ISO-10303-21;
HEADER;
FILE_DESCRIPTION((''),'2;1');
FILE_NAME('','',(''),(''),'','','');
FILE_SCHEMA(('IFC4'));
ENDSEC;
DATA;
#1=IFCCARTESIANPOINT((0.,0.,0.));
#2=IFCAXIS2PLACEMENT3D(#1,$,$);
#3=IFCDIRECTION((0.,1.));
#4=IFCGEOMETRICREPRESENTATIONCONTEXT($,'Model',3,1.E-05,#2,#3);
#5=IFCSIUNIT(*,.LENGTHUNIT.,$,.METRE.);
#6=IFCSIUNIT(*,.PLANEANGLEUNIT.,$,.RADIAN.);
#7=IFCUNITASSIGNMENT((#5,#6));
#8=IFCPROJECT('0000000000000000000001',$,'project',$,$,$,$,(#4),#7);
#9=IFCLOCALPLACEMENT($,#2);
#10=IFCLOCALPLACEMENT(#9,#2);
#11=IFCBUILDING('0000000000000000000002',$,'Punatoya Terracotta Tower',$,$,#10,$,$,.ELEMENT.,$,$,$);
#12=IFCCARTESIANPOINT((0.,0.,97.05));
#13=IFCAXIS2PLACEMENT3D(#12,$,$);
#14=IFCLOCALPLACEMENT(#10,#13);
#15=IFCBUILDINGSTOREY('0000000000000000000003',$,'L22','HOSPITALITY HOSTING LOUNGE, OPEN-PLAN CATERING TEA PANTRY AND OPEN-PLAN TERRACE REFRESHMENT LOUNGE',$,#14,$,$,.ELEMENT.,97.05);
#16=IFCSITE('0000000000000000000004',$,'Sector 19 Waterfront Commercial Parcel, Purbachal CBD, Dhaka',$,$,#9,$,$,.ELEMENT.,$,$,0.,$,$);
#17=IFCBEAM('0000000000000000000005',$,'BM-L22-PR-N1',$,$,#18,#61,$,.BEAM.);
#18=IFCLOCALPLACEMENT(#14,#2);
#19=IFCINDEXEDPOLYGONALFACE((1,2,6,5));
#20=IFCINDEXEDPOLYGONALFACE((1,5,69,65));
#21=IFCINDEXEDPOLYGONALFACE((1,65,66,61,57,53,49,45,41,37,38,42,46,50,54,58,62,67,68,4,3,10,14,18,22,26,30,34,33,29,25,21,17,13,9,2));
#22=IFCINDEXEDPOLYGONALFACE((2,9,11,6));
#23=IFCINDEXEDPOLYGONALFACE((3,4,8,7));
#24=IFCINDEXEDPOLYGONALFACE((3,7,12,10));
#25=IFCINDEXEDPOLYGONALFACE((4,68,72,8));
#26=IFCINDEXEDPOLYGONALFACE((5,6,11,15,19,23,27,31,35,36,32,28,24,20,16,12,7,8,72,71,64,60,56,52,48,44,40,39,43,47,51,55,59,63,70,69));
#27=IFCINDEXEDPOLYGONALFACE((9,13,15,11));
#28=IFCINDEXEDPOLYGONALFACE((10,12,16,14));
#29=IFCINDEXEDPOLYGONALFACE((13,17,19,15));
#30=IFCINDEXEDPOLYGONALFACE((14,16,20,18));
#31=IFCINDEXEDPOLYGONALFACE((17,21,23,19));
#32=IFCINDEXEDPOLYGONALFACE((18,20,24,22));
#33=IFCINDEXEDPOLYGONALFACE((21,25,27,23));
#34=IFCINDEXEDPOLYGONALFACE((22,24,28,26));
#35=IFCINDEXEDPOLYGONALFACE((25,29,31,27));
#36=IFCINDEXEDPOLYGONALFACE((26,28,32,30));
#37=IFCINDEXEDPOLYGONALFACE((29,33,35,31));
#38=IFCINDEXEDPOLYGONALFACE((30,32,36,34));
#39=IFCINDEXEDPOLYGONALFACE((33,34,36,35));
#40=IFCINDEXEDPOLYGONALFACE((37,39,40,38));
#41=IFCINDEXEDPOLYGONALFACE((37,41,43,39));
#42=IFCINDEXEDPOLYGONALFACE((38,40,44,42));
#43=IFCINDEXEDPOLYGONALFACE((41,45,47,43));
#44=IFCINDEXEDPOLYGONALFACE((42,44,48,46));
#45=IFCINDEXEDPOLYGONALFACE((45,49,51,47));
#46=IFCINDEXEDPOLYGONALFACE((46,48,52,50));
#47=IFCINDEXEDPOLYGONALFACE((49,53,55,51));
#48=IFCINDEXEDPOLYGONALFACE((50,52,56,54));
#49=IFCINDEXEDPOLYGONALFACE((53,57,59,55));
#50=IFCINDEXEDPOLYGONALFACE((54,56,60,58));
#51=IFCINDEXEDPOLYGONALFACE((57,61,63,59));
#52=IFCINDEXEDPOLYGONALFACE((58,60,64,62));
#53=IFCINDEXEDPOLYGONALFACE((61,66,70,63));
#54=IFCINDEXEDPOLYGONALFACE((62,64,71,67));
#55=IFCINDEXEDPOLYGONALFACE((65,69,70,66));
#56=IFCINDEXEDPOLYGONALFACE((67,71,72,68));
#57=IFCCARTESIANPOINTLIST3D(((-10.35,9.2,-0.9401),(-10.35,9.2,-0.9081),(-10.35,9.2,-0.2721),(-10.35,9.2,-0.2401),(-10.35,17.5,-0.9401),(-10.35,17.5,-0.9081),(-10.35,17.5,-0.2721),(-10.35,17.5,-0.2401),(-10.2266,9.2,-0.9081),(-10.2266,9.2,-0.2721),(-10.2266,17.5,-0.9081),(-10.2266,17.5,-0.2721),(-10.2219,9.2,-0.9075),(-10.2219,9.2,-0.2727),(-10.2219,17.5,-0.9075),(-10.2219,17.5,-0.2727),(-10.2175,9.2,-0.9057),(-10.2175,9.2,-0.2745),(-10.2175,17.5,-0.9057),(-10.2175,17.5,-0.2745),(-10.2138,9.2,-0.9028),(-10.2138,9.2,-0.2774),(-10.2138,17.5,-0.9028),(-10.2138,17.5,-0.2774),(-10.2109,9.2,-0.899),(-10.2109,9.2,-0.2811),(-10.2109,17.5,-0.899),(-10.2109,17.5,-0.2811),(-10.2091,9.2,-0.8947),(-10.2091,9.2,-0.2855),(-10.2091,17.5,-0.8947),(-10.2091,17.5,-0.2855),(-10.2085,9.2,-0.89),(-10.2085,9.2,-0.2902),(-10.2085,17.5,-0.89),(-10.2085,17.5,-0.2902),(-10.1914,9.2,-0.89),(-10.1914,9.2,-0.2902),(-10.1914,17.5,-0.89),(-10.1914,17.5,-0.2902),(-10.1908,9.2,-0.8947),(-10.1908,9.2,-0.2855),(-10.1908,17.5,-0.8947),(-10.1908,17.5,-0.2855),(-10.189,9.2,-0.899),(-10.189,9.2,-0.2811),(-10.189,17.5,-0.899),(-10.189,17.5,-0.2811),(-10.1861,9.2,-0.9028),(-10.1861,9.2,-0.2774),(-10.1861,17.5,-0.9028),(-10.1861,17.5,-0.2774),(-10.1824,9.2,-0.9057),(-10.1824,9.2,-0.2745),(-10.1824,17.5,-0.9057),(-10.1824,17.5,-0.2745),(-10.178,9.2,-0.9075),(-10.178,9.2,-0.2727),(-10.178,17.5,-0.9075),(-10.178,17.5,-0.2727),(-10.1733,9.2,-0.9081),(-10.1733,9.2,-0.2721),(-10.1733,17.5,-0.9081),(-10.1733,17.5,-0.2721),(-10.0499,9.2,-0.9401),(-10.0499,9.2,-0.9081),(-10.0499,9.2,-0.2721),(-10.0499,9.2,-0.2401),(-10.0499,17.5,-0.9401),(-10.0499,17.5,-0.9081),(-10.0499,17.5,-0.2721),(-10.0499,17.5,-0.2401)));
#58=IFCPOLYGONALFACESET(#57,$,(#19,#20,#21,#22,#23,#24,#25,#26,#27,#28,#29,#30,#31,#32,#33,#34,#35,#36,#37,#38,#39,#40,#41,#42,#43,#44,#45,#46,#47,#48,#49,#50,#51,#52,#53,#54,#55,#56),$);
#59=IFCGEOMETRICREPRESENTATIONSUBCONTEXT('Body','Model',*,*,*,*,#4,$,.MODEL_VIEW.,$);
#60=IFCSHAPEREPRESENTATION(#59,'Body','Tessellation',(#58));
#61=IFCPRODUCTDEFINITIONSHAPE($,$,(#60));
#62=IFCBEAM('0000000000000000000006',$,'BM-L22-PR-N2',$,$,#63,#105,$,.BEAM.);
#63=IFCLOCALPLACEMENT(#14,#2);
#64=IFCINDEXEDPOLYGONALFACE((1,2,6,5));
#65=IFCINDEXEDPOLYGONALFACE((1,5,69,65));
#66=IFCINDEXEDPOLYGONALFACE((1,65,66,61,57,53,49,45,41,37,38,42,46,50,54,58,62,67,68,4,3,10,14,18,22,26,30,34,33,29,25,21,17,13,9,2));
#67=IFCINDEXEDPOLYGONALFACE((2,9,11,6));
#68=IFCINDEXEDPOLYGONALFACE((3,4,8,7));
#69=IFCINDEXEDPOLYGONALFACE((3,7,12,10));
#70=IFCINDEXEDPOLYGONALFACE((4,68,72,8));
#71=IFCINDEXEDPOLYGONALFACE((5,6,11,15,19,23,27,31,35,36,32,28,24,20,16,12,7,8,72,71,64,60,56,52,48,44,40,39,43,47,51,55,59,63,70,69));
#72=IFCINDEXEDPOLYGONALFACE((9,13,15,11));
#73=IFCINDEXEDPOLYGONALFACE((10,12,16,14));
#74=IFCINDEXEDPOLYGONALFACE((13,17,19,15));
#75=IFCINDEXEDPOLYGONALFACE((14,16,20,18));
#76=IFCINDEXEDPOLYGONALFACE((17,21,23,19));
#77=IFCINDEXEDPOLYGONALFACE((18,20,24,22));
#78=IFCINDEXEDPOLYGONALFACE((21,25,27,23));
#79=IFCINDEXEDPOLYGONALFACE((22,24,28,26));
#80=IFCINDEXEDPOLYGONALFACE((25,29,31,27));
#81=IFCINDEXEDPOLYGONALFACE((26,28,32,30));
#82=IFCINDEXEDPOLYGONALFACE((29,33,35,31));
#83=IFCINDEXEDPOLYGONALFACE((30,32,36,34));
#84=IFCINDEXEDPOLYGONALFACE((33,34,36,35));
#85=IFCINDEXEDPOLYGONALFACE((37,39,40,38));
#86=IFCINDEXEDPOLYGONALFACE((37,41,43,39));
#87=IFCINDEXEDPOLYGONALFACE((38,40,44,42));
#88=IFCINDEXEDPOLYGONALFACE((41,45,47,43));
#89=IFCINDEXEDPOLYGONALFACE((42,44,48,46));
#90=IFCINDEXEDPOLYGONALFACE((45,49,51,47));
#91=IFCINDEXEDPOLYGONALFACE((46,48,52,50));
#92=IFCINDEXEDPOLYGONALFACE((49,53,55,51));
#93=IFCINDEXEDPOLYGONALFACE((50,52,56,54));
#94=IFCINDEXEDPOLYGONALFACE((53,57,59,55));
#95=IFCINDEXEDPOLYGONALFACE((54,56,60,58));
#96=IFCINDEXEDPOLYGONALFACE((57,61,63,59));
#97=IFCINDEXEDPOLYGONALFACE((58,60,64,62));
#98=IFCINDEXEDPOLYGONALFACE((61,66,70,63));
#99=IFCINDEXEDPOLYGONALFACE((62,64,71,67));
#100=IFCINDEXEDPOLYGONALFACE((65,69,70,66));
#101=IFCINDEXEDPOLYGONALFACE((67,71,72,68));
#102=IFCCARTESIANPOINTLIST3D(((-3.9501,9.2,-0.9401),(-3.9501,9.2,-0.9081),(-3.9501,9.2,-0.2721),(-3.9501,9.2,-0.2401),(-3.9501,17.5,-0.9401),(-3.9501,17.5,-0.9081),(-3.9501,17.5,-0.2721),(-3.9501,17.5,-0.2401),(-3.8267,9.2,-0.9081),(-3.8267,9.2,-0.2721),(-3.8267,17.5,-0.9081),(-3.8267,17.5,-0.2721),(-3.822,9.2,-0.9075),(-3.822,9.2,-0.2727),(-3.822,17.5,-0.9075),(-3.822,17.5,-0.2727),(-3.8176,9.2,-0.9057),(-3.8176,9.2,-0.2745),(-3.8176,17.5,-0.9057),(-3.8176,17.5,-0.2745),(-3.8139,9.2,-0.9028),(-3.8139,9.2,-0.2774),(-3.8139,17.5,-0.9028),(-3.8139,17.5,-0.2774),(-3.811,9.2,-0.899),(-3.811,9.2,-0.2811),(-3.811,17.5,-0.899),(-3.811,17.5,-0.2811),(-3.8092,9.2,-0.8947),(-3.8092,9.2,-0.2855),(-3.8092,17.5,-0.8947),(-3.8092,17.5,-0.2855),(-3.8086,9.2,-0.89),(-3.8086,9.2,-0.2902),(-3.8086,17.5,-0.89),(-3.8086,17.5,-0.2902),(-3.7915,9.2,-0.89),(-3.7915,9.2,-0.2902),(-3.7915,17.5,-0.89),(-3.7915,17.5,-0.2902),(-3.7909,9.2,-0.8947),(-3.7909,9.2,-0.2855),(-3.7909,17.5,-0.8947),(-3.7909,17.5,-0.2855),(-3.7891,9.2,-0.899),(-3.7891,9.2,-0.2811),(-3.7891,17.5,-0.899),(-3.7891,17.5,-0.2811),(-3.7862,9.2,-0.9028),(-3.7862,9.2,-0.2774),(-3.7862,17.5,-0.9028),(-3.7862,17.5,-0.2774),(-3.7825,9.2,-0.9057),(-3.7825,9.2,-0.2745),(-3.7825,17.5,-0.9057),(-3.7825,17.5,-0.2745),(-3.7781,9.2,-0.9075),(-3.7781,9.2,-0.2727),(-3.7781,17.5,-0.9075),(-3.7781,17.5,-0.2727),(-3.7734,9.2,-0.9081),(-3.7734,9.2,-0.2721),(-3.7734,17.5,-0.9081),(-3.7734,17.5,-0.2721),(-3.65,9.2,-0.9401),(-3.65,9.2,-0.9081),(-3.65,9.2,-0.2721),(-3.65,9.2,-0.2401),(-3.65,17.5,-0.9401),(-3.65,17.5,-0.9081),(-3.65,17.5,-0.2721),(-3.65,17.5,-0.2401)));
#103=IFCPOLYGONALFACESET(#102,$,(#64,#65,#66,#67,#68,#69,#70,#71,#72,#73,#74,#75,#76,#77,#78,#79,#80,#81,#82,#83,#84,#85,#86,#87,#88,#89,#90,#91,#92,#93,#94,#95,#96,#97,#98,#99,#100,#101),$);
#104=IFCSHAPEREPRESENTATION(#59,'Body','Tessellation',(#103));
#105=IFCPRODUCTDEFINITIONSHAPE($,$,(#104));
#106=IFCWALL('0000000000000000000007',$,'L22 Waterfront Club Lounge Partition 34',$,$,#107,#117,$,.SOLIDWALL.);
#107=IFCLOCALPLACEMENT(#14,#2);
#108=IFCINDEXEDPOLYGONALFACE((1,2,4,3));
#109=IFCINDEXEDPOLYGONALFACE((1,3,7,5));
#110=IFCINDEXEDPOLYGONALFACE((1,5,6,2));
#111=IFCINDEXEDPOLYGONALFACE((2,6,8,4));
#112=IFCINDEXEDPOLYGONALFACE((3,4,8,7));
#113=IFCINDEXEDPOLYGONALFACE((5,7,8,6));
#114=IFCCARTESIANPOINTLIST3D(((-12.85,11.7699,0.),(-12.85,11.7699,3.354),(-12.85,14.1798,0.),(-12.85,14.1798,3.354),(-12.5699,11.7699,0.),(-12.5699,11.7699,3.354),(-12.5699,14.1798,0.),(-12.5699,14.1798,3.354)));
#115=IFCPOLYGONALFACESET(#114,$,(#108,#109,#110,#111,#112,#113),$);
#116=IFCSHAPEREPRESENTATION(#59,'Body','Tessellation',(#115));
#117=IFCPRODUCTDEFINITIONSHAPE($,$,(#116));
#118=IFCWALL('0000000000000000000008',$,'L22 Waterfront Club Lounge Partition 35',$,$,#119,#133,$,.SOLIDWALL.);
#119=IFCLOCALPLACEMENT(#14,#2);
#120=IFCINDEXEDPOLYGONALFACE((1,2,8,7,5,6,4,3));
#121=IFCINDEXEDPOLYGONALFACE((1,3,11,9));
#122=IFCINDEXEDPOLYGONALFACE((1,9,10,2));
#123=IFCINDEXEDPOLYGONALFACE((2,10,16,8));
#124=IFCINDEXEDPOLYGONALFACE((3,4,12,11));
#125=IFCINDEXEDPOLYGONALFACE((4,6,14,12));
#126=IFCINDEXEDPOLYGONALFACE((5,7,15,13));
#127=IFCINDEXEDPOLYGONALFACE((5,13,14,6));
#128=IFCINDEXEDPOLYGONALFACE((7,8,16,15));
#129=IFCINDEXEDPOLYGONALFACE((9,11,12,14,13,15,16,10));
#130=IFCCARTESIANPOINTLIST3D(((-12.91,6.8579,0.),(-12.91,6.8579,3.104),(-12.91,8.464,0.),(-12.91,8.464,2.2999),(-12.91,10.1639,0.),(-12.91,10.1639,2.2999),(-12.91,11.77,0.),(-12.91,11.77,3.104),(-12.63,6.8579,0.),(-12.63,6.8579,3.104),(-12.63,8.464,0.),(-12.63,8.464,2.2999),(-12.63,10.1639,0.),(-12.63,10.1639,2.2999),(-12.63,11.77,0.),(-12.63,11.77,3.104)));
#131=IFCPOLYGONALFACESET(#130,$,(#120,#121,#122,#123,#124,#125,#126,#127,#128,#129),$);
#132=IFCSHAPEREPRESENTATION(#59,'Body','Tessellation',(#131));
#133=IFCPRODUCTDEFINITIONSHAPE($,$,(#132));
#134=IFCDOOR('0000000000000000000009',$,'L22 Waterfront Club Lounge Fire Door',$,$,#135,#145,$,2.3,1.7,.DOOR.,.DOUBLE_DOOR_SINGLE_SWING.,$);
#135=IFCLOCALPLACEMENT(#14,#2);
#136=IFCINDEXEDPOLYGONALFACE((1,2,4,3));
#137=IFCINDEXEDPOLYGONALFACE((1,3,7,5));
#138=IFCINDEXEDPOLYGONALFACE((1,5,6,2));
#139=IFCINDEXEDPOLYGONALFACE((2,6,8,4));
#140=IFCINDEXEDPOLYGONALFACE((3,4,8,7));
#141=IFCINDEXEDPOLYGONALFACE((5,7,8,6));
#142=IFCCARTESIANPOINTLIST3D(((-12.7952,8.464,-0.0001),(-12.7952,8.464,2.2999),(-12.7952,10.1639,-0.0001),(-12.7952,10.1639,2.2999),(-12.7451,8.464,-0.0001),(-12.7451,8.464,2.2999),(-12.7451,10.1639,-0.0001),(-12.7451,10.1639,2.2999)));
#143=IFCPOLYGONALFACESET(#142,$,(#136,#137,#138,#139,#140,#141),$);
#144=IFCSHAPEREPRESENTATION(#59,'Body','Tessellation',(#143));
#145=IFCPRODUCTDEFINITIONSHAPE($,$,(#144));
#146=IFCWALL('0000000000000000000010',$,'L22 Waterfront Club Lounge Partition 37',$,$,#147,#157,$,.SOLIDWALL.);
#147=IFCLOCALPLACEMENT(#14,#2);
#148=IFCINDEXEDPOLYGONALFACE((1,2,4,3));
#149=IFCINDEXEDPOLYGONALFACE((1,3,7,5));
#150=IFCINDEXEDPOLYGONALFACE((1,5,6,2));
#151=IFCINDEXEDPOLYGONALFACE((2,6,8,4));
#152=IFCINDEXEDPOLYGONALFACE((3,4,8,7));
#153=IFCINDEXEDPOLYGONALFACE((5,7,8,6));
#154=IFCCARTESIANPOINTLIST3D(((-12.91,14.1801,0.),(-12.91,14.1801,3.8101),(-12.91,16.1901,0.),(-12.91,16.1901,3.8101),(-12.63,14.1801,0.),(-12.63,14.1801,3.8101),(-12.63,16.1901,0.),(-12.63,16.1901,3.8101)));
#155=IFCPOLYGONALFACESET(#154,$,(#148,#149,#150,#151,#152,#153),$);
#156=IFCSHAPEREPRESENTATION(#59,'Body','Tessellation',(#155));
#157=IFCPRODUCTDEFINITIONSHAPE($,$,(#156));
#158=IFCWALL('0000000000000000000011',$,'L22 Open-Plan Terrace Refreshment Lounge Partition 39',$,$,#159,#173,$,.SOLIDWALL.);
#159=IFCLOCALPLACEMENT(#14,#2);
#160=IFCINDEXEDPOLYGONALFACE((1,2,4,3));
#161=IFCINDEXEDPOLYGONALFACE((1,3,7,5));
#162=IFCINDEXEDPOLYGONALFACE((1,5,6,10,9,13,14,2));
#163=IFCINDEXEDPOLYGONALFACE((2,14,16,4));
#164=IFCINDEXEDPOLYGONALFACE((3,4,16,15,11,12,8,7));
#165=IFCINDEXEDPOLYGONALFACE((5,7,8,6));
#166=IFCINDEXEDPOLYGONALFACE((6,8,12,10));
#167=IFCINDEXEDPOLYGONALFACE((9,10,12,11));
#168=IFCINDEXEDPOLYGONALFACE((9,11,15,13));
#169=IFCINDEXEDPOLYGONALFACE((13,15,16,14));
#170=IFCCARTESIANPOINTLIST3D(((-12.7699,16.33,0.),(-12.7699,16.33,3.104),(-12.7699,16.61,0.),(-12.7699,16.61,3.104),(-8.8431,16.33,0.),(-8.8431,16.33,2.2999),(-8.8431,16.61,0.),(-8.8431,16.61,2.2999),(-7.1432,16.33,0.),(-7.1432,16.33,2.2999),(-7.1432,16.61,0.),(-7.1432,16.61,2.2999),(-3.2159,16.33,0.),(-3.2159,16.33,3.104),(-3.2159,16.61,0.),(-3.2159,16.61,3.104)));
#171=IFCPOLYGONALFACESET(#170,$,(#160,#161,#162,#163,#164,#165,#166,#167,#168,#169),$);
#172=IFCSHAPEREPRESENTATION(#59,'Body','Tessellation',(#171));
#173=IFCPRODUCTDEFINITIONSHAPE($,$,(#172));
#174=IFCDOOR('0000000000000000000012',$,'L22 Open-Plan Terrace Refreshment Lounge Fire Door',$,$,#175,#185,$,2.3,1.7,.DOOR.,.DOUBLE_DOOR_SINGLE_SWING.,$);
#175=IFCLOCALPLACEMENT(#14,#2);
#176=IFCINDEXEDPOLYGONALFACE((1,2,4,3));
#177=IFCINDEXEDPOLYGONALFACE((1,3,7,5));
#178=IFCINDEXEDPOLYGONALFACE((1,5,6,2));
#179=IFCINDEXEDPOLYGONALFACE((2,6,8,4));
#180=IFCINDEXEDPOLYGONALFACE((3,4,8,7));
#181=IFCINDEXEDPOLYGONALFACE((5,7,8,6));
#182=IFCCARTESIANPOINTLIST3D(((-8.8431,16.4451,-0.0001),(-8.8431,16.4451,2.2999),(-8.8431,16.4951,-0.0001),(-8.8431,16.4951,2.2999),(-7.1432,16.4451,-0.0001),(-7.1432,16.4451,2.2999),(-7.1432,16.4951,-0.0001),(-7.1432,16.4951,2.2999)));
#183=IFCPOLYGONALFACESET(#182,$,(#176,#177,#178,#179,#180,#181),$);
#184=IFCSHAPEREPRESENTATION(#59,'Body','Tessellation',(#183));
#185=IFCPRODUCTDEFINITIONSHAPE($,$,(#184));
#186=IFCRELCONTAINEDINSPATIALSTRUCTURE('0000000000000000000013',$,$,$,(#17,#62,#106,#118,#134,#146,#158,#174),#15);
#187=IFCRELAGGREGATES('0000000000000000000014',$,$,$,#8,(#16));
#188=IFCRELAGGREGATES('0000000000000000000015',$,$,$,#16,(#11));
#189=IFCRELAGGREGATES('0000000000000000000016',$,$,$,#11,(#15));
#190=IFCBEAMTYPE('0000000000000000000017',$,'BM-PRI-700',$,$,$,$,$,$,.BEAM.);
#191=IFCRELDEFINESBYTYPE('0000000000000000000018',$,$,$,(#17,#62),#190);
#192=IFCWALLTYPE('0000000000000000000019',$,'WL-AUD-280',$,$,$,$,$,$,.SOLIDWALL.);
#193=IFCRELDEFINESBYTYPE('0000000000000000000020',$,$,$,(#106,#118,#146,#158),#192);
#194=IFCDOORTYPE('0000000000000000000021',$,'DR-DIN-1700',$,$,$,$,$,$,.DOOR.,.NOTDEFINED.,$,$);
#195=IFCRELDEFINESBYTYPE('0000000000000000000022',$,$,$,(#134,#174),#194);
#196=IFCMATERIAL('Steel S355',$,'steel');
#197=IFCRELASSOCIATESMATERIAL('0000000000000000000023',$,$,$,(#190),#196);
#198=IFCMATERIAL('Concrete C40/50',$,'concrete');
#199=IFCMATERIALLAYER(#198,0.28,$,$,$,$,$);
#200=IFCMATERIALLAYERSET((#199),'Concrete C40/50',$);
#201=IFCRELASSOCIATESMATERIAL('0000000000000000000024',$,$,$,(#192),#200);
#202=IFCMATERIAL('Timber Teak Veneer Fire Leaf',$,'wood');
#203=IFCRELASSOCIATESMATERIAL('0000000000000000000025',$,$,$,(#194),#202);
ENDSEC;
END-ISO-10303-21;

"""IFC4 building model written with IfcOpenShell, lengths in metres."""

from ifc_helpers import new_model, si_unit, direction, frame, frame_2d, origin, origin_2d, place, context, subcontext, project, spatial, rectangle, i_section, extrude, material, layer, layer_set, material_profile, profile_set, type_object, element, fill, save


model = new_model("IFC4")

# Units and contexts
model_context = context("Model", 3, precision=1e-05, world=origin(), true_north=direction((0.0, 1.0)))
body_context = subcontext(model_context, "Body", "Model", "MODEL_VIEW")
ifc_project = project(units=[si_unit("LENGTHUNIT", "METRE"), si_unit("PLANEANGLEUNIT", "RADIAN")], contexts=[model_context])

# Site, building, storey
site_placement = place(None, origin())
site = spatial("IfcSite", under=ifc_project, at=site_placement, Name="Sector 19 Waterfront Commercial Parcel, Purbachal CBD, Dhaka", CompositionType="ELEMENT", RefElevation=0.0)
building_placement = place(site_placement, origin())
building = spatial("IfcBuilding", under=site, at=building_placement, Name="Punatoya Terracotta Tower", CompositionType="ELEMENT")
storey_placement = place(building_placement, frame((0.0, 0.0, 97.05)))
storey = spatial("IfcBuildingStorey", under=building, at=storey_placement, Name="L22", Description="HOSPITALITY HOSTING LOUNGE, OPEN-PLAN CATERING TEA PANTRY AND OPEN-PLAN TERRACE REFRESHMENT LOUNGE", CompositionType="ELEMENT", Elevation=97.05)

# Beams
ifc_material_1 = material(Name="Steel S355", Category="steel")
ifc_material_profile = material_profile(ifc_material_1, i_section(OverallWidth=0.3, OverallDepth=0.7, WebThickness=0.0171, FlangeThickness=0.032, FilletRadius=0.0181, at=origin_2d()))
ifc_profile_set = profile_set([ifc_material_profile], Name="Steel S355")
beam_type = type_object("IfcBeamType", Name="BM-PRI-700", PredefinedType="BEAM", material=ifc_profile_set)
for number, where, z_axis, x_axis, name in (
    (1, (-10.2, 9.2, -0.5901), (0.0, 1.0, 0.0), (-1.0, 0.0, 0.0), "BM-L22-PR-N1"),
    (2, (-3.8, 9.2, -0.5901), (0.0, 1.0, 0.0), (-1.0, 0.0, 0.0), "BM-L22-PR-N2"),
):
    element("IfcBeam", number, at=place(storey_placement, frame(where, z_axis=z_axis, x_axis=x_axis)), inside=storey, type_object=beam_type, Name=name, PredefinedType="BEAM", context=body_context, shape_type="SweptSolid", body=[
        extrude(i_section(OverallWidth=0.3, OverallDepth=0.7, WebThickness=0.0171, FlangeThickness=0.032, FilletRadius=0.0181, at=origin_2d()), origin(), (0.0, 0.0, 1.0), 8.3),
    ])

# Wall
ifc_material_2 = material(Name="Concrete C40/50", Category="concrete")
ifc_layer_1 = layer(ifc_material_2, 0.28)
ifc_layer_set_1 = layer_set([ifc_layer_1], Name="Concrete C40/50")
wall_type_1 = type_object("IfcWallType", Name="WL-AUD-280", PredefinedType="SOLIDWALL", material=ifc_layer_set_1)
wall_1_placement = place(storey_placement, frame((-12.71, 14.1799, 0.0), z_axis=(0.0, 0.0, 1.0), x_axis=(0.0, -1.0, 0.0)))
element("IfcWall", 3, at=wall_1_placement, inside=storey, type_object=wall_type_1, Name="L22 Waterfront Club Lounge Partition 34", PredefinedType="SOLIDWALL", context=body_context, shape_type="SweptSolid", body=[
    extrude(rectangle(XDim=2.4099, YDim=0.28, at=frame_2d((1.2051, 0.0))), origin(), (0.0, 0.0, 1.0), 3.354),
])

# Wall, opening, door
wall_2_placement = place(storey_placement, frame((-12.77, 11.77, 0.0), z_axis=(0.0, 0.0, 1.0), x_axis=(0.0, -1.0, 0.0)))
wall_2 = element("IfcWall", 4, at=wall_2_placement, inside=storey, type_object=wall_type_1, Name="L22 Waterfront Club Lounge Partition 35", PredefinedType="SOLIDWALL", context=body_context, shape_type="SweptSolid", body=[
    extrude(rectangle(XDim=4.9121, YDim=0.28, at=frame_2d((2.4561, 0.0))), origin(), (0.0, 0.0, 1.0), 3.104),
])
opening_1_placement = place(wall_2_placement, frame((1.606, 0.0, 0.0)))
opening_1 = element("IfcOpeningElement", 5, at=opening_1_placement, cuts=wall_2, PredefinedType="OPENING", context=body_context, shape_type="SweptSolid", body=[
    extrude(rectangle(XDim=1.7, YDim=2.3, at=frame_2d((0.8501, 1.1499))), frame((0.0, 0.1499, 0.0), z_axis=(0.0, -1.0, 0.0), x_axis=(1.0, 0.0, 0.0)), (0.0, 0.0, 1.0), 0.3),
])
ifc_material_3 = material(Name="Timber Teak Veneer Fire Leaf", Category="wood")
door_type_1 = type_object("IfcDoorType", Name="DR-DIN-1700", OperationType="NOTDEFINED", PredefinedType="DOOR", material=ifc_material_3)
door_1_placement = place(opening_1_placement, origin())
door_1 = element("IfcDoor", 6, at=door_1_placement, inside=storey, type_object=door_type_1, Name="L22 Waterfront Club Lounge Fire Door", OperationType="DOUBLE_DOOR_SINGLE_SWING", OverallHeight=2.3, OverallWidth=1.7, PredefinedType="DOOR", context=body_context, shape_type="SweptSolid", body=[
    extrude(rectangle(XDim=1.7, YDim=2.3, at=frame_2d((0.8501, 1.1499))), frame((0.0, 0.0249, 0.0), z_axis=(0.0, -1.0, 0.0), x_axis=(1.0, 0.0, 0.0)), (0.0, 0.0, 1.0), 0.05),
])
fill(opening_1, door_1)

# Wall
wall_3_placement = place(storey_placement, frame((-12.77, 16.1899, 0.0), z_axis=(0.0, 0.0, 1.0), x_axis=(0.0, -1.0, 0.0)))
element("IfcWall", 7, at=wall_3_placement, inside=storey, type_object=wall_type_1, Name="L22 Waterfront Club Lounge Partition 37", PredefinedType="SOLIDWALL", context=body_context, shape_type="SweptSolid", body=[
    extrude(rectangle(XDim=2.01, YDim=0.28, at=frame_2d((1.0049, 0.0))), origin(), (0.0, 0.0, 1.0), 3.8101),
])

# Wall, opening, door
wall_4_placement = place(storey_placement, frame((-3.2161, 16.47, 0.0), z_axis=(0.0, 0.0, 1.0), x_axis=(-1.0, 0.0, 0.0)))
wall_4 = element("IfcWall", 8, at=wall_4_placement, inside=storey, type_object=wall_type_1, Name="L22 Open-Plan Terrace Refreshment Lounge Partition 39", PredefinedType="SOLIDWALL", context=body_context, shape_type="SweptSolid", body=[
    extrude(rectangle(XDim=9.554, YDim=0.28, at=frame_2d((4.7769, 0.0))), origin(), (0.0, 0.0, 1.0), 3.104),
])
opening_2_placement = place(wall_4_placement, frame((3.927, 0.0, 0.0)))
opening_2 = element("IfcOpeningElement", 9, at=opening_2_placement, cuts=wall_4, PredefinedType="OPENING", context=body_context, shape_type="SweptSolid", body=[
    extrude(rectangle(XDim=1.7, YDim=2.3, at=frame_2d((0.8501, 1.1499))), frame((0.0, 0.1499, 0.0), z_axis=(0.0, -1.0, 0.0), x_axis=(1.0, 0.0, 0.0)), (0.0, 0.0, 1.0), 0.3),
])
door_2_placement = place(opening_2_placement, origin())
door_2 = element("IfcDoor", 10, at=door_2_placement, inside=storey, type_object=door_type_1, Name="L22 Open-Plan Terrace Refreshment Lounge Fire Door", OperationType="DOUBLE_DOOR_SINGLE_SWING", OverallHeight=2.3, OverallWidth=1.7, PredefinedType="DOOR", context=body_context, shape_type="SweptSolid", body=[
    extrude(rectangle(XDim=1.7, YDim=2.3, at=frame_2d((0.8501, 1.1499))), frame((0.0, 0.0249, 0.0), z_axis=(0.0, -1.0, 0.0), x_axis=(1.0, 0.0, 0.0)), (0.0, 0.0, 1.0), 0.05),
])
fill(opening_2, door_2)

save(model, "model.ifc")
